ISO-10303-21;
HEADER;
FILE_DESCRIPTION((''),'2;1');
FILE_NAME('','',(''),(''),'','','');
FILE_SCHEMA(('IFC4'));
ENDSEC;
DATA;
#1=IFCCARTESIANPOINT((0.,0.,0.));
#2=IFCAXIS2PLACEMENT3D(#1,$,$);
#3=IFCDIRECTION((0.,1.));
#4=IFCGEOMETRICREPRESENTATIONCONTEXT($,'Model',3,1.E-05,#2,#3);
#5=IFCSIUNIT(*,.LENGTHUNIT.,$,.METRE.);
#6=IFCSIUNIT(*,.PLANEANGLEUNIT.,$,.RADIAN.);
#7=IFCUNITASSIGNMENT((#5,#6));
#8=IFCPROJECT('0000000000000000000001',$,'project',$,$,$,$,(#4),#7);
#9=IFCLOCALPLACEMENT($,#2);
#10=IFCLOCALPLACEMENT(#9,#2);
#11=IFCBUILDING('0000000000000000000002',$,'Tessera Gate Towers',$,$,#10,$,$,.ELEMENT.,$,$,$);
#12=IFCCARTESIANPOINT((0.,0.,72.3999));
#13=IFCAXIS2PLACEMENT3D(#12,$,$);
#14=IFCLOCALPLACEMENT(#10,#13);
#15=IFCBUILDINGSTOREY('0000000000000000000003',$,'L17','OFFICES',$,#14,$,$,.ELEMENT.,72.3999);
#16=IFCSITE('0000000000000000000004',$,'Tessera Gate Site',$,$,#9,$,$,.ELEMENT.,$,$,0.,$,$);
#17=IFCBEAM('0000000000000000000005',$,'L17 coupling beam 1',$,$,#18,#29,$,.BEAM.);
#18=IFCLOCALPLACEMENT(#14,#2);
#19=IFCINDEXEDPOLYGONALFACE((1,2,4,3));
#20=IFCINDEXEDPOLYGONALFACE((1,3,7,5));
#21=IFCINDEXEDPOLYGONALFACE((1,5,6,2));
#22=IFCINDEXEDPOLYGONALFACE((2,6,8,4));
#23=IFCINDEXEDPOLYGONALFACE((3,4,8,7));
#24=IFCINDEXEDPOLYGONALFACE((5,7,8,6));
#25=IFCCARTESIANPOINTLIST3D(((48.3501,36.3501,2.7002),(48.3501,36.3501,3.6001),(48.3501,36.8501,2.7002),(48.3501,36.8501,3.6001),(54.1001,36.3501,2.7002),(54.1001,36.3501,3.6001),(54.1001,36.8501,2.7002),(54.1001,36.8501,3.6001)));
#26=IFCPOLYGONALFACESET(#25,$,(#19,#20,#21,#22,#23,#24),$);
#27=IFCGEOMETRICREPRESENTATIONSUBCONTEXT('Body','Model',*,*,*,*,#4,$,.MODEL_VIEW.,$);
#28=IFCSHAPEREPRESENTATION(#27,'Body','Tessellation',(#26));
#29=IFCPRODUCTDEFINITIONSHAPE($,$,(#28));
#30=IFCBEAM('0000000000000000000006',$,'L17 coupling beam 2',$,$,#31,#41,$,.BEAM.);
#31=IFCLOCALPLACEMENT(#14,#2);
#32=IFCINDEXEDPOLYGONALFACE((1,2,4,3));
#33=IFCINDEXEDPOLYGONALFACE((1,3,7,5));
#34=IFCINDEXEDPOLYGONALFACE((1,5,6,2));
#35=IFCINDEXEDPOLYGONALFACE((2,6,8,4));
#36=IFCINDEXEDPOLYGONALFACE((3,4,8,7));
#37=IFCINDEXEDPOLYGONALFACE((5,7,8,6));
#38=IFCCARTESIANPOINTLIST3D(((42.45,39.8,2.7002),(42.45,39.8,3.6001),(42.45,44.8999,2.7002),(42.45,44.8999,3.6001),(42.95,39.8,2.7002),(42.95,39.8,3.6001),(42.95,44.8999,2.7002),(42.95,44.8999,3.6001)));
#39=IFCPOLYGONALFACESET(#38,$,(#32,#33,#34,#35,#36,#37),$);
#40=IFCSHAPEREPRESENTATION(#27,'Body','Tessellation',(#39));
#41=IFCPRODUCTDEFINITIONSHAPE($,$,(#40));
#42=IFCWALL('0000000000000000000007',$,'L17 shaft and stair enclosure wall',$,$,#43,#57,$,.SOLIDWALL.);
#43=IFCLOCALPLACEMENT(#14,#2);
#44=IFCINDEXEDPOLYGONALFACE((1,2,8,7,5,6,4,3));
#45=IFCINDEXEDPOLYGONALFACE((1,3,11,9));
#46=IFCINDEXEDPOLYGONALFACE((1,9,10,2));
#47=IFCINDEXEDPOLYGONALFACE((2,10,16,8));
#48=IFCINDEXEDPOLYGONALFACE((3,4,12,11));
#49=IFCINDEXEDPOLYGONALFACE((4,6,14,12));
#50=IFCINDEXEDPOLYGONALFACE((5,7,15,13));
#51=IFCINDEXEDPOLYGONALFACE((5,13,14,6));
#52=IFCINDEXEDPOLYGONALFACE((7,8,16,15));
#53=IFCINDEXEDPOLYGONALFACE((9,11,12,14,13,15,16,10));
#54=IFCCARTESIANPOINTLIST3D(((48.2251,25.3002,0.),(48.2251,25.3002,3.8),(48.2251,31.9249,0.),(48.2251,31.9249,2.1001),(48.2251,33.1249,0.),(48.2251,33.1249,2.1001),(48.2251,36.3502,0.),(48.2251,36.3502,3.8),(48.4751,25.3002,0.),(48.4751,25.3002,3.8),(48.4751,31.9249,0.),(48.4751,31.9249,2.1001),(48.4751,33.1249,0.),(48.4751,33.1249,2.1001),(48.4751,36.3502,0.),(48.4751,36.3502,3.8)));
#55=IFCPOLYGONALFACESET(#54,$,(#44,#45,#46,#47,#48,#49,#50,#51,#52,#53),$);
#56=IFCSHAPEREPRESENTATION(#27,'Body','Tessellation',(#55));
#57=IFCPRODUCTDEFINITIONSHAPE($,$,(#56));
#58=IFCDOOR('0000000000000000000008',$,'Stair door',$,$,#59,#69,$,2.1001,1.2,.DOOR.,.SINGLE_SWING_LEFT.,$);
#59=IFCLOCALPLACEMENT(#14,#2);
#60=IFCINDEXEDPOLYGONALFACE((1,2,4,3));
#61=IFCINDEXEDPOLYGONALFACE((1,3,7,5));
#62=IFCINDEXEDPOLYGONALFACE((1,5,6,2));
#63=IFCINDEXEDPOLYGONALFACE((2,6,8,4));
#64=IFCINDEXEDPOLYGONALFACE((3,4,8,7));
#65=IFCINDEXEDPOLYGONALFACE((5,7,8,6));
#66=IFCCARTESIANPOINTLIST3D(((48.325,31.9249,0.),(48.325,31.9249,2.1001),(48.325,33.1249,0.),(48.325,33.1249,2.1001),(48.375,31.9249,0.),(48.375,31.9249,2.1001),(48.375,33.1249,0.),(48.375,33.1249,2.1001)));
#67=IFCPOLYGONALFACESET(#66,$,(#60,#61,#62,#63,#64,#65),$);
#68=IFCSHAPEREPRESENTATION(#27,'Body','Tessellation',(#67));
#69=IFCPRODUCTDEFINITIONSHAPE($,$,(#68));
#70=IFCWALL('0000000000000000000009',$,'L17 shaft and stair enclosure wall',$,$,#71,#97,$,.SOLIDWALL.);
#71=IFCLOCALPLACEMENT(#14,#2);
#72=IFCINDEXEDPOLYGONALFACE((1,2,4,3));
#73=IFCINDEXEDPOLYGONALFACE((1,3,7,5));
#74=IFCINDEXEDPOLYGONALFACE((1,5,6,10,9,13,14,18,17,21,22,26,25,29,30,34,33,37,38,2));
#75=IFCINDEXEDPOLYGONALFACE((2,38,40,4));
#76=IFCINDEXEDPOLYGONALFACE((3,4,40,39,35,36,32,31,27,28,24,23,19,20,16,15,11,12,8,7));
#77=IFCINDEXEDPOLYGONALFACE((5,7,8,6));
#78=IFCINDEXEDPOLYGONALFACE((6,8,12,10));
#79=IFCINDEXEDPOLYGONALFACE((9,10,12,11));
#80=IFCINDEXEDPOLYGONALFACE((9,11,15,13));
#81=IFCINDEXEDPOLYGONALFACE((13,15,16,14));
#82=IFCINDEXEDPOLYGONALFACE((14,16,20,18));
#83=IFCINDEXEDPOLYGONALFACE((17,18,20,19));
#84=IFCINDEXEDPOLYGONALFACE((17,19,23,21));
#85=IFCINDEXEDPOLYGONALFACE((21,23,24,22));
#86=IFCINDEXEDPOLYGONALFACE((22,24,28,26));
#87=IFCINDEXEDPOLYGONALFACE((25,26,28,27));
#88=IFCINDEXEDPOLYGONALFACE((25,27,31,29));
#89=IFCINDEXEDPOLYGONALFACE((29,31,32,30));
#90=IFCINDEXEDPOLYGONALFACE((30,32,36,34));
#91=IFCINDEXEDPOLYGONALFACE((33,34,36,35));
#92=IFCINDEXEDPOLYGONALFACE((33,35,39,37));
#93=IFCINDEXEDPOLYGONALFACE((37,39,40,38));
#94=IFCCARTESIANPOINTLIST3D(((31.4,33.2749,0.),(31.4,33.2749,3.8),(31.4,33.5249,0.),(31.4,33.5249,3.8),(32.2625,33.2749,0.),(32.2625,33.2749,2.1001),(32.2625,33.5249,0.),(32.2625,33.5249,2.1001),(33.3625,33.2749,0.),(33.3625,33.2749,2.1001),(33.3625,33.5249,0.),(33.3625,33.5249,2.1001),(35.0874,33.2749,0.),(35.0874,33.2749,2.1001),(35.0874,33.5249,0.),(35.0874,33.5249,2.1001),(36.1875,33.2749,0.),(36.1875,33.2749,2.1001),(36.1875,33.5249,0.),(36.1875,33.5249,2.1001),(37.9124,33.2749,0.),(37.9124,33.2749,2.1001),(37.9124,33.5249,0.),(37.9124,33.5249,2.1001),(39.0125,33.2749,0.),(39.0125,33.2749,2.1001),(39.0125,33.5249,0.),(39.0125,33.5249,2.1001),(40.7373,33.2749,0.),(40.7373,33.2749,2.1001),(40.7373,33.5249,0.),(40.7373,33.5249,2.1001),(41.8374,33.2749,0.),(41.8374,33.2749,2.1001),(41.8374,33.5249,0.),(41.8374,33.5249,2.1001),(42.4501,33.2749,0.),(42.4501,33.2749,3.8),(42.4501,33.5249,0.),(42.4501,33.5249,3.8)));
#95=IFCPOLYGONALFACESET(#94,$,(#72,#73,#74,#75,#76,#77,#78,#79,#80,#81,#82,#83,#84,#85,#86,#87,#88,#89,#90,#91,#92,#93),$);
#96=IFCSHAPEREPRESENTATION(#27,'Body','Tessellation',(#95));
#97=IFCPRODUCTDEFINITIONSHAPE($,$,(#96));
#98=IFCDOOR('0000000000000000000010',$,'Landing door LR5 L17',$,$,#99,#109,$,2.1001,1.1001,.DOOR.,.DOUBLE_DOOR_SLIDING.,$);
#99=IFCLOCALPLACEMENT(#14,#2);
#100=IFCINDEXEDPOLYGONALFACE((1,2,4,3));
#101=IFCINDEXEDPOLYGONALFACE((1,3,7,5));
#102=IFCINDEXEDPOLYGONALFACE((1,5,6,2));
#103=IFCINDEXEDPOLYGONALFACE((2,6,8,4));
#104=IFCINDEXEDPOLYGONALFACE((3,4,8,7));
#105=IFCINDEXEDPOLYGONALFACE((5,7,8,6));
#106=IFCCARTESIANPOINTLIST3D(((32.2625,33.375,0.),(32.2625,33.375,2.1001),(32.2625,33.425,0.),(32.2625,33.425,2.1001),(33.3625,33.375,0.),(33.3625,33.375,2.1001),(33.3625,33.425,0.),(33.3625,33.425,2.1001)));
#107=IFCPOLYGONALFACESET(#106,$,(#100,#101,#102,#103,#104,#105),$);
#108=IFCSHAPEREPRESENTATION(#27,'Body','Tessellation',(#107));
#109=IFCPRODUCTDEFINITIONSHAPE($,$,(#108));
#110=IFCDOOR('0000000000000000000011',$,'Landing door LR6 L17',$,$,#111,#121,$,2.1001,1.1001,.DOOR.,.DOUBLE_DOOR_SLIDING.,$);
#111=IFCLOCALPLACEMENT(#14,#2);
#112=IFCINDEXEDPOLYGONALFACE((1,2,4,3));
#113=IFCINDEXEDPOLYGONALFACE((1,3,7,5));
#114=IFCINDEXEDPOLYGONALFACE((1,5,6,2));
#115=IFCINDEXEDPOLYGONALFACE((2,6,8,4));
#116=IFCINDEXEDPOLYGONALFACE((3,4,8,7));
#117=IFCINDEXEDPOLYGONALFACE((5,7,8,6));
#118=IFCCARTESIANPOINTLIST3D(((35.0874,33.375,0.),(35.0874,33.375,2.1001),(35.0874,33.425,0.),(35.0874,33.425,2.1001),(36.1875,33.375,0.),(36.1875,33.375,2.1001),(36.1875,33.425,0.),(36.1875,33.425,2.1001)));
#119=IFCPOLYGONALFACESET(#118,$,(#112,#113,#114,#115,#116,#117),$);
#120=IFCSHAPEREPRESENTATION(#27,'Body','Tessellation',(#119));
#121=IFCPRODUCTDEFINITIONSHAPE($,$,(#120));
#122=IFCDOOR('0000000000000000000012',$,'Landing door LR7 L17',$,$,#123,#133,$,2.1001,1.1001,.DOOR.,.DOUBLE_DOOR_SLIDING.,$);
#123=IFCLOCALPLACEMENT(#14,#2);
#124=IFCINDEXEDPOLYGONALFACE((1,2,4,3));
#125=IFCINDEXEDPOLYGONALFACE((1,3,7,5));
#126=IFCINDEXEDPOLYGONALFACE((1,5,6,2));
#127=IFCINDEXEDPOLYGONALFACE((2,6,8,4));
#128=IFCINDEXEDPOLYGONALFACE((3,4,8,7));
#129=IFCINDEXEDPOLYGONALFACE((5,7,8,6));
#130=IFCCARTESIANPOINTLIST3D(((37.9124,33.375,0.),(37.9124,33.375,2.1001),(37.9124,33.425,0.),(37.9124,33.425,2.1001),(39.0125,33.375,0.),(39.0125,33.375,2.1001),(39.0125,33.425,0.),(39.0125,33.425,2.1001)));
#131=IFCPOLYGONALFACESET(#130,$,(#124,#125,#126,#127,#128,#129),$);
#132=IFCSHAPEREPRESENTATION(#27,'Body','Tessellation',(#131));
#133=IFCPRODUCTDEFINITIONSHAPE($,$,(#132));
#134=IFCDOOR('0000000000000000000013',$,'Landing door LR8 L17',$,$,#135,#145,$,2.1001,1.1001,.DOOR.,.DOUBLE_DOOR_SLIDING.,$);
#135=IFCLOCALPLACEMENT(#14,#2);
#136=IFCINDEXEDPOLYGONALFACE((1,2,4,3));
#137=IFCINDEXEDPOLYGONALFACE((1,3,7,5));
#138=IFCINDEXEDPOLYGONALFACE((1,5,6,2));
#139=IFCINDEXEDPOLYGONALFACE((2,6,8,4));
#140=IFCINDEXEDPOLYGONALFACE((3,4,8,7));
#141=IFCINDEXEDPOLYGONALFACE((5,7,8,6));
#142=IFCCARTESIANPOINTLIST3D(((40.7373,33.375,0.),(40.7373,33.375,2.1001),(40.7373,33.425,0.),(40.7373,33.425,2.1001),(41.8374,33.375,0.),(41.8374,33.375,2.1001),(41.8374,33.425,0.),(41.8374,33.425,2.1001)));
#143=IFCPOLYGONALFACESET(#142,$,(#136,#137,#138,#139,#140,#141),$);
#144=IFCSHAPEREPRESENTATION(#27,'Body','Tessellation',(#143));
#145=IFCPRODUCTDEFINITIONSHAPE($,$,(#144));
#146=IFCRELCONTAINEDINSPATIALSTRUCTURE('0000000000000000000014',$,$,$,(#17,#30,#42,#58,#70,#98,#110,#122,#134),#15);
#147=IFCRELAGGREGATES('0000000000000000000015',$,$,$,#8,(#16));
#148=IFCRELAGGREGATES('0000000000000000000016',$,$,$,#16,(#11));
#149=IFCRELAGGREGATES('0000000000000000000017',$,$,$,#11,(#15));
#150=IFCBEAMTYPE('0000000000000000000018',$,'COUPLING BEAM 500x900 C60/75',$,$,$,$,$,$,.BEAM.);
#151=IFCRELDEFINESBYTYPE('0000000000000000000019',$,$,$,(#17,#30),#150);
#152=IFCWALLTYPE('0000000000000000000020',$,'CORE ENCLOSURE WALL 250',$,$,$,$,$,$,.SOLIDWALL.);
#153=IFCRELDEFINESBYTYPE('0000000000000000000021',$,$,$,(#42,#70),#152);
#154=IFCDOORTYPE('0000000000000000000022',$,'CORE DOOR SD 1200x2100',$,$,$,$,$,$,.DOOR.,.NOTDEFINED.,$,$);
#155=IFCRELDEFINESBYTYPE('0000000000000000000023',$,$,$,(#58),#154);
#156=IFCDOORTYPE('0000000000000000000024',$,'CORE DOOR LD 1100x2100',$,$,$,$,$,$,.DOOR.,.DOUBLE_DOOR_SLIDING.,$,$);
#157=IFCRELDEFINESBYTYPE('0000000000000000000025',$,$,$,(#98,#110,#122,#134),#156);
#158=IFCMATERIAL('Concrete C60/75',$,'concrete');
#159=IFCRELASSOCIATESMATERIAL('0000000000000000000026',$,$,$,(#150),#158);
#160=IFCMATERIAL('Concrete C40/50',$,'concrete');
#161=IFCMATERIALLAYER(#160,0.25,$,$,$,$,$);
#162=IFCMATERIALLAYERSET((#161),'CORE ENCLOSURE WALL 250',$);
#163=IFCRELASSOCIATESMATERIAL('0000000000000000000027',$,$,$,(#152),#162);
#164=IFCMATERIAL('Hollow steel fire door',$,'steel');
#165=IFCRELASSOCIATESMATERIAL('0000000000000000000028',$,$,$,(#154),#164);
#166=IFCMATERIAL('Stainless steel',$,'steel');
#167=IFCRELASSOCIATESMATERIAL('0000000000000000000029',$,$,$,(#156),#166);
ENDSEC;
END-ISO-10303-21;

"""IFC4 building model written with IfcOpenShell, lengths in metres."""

from ifc_helpers import new_model, si_unit, direction, frame, frame_2d, origin, origin_2d, place, context, subcontext, project, spatial, rectangle, extrude, source, transform, mapped, material, layer, layer_set, material_profile, profile_set, type_object, element, fill, save


model = new_model("IFC4")

# Units and contexts
model_context = context("Model", 3, precision=1e-05, world=origin(), true_north=direction((0.0, 1.0)))
body_context = subcontext(model_context, "Body", "Model", "MODEL_VIEW")
ifc_project = project(units=[si_unit("LENGTHUNIT", "METRE"), si_unit("PLANEANGLEUNIT", "RADIAN")], contexts=[model_context])

# Site, building, storey
site_placement = place(None, origin())
site = spatial("IfcSite", under=ifc_project, at=site_placement, Name="Tessera Gate Site", CompositionType="ELEMENT", RefElevation=0.0)
building_placement = place(site_placement, origin())
building = spatial("IfcBuilding", under=site, at=building_placement, Name="Tessera Gate Towers", CompositionType="ELEMENT")
storey_placement = place(building_placement, frame((0.0, 0.0, 72.3999)))
storey = spatial("IfcBuildingStorey", under=building, at=storey_placement, Name="L17", Description="OFFICES", CompositionType="ELEMENT", Elevation=72.3999)

# Beams
ifc_material_1 = material(Name="Concrete C60/75", Category="concrete")
ifc_material_profile = material_profile(ifc_material_1, rectangle(XDim=0.5, YDim=0.8999, at=origin_2d()), Name="RC 500x900")
ifc_profile_set = profile_set([ifc_material_profile], Name="Concrete C60/75")
beam_type = type_object("IfcBeamType", Name="COUPLING BEAM 500x900 C60/75", PredefinedType="BEAM", material=ifc_profile_set)
beam_1_placement = place(storey_placement, frame((48.3501, 36.6001, 3.1501), z_axis=(1.0, 0.0, 0.0), x_axis=(0.0, 1.0, 0.0)))
element("IfcBeam", 1, at=beam_1_placement, inside=storey, type_object=beam_type, Name="L17 coupling beam 1", PredefinedType="BEAM", context=body_context, shape_type="SweptSolid", body=[
    extrude(rectangle(XDim=0.5, YDim=0.8999, at=origin_2d()), origin(), (0.0, 0.0, 1.0), 5.75),
])
beam_2_placement = place(storey_placement, frame((42.7, 39.8, 3.1501), z_axis=(0.0, 1.0, 0.0), x_axis=(-1.0, 0.0, 0.0)))
element("IfcBeam", 2, at=beam_2_placement, inside=storey, type_object=beam_type, Name="L17 coupling beam 2", PredefinedType="BEAM", context=body_context, shape_type="SweptSolid", body=[
    extrude(rectangle(XDim=0.5, YDim=0.8999, at=origin_2d()), origin(), (0.0, 0.0, 1.0), 5.0999),
])

# Wall, opening, door
ifc_material_2 = material(Name="Concrete C40/50", Category="concrete")
ifc_layer_1 = layer(ifc_material_2, 0.25)
ifc_layer_set_1 = layer_set([ifc_layer_1], Name="CORE ENCLOSURE WALL 250")
wall_type_1 = type_object("IfcWallType", Name="CORE ENCLOSURE WALL 250", PredefinedType="SOLIDWALL", material=ifc_layer_set_1)
wall_1_placement = place(storey_placement, frame((48.3501, 36.3501, 0.0), z_axis=(0.0, 0.0, 1.0), x_axis=(0.0, -1.0, 0.0)))
wall_1 = element("IfcWall", 3, at=wall_1_placement, inside=storey, type_object=wall_type_1, Name="L17 shaft and stair enclosure wall", PredefinedType="SOLIDWALL", context=body_context, shape_type="SweptSolid", body=[
    extrude(rectangle(XDim=11.05, YDim=0.25, at=frame_2d((5.5249, 0.0))), origin(), (0.0, 0.0, 1.0), 3.8),
])
shared_shape_1 = source(origin(), body_context, "Body", "SweptSolid", [
    extrude(rectangle(XDim=1.2, YDim=2.1001, at=frame_2d((0.6001, 1.05))), frame((0.0, 0.135, 0.0), z_axis=(0.0, -1.0, 0.0), x_axis=(1.0, 0.0, 0.0)), (0.0, 0.0, 1.0), 0.27),
])
opening_1_placement = place(wall_1_placement, frame((3.2251, 0.0, 0.0)))
opening_1 = element("IfcOpeningElement", 4, at=opening_1_placement, cuts=wall_1, PredefinedType="OPENING", context=body_context, shape_type="MappedRepresentation", body=[
    mapped(shared_shape_1, transform((0.0, 0.0, 0.0), scale=1.0)),
])
ifc_material_3 = material(Name="Hollow steel fire door", Category="steel")
door_type_1 = type_object("IfcDoorType", Name="CORE DOOR SD 1200x2100", OperationType="NOTDEFINED", PredefinedType="DOOR", material=ifc_material_3)
shared_shape_2 = source(origin(), body_context, "Body", "SweptSolid", [
    extrude(rectangle(XDim=1.2, YDim=2.1001, at=frame_2d((0.6001, 1.05))), frame((0.0, 0.0249, 0.0), z_axis=(0.0, -1.0, 0.0), x_axis=(1.0, 0.0, 0.0)), (0.0, 0.0, 1.0), 0.05),
])
door_1_placement = place(opening_1_placement, origin())
door_1 = element("IfcDoor", 5, at=door_1_placement, inside=storey, type_object=door_type_1, Name="Stair door", OperationType="SINGLE_SWING_LEFT", OverallHeight=2.1001, OverallWidth=1.2, PredefinedType="DOOR", context=body_context, shape_type="MappedRepresentation", body=[
    mapped(shared_shape_2, transform((0.0, 0.0, 0.0), scale=1.0)),
])
fill(opening_1, door_1)

# Wall, openings, doors
wall_2_placement = place(storey_placement, frame((42.45, 33.3999, 0.0), z_axis=(0.0, 0.0, 1.0), x_axis=(-1.0, 0.0, 0.0)))
wall_2 = element("IfcWall", 6, at=wall_2_placement, inside=storey, type_object=wall_type_1, Name="L17 shaft and stair enclosure wall", PredefinedType="SOLIDWALL", context=body_context, shape_type="SweptSolid", body=[
    extrude(rectangle(XDim=11.05, YDim=0.25, at=frame_2d((5.5249, 0.0))), origin(), (0.0, 0.0, 1.0), 3.8),
])
shared_shape_3 = source(origin(), body_context, "Body", "SweptSolid", [
    extrude(rectangle(XDim=1.1001, YDim=2.1001, at=frame_2d((0.55, 1.05))), frame((0.0, 0.135, 0.0), z_axis=(0.0, -1.0, 0.0), x_axis=(1.0, 0.0, 0.0)), (0.0, 0.0, 1.0), 0.27),
])
opening_2_placement = place(wall_2_placement, frame((9.0874, 0.0, 0.0)))
opening_2 = element("IfcOpeningElement", 7, at=opening_2_placement, cuts=wall_2, PredefinedType="OPENING", context=body_context, shape_type="MappedRepresentation", body=[
    mapped(shared_shape_3, transform((0.0, 0.0, 0.0), scale=1.0)),
])
opening_3_placement = place(wall_2_placement, frame((6.2625, 0.0, 0.0)))
opening_3 = element("IfcOpeningElement", 8, at=opening_3_placement, cuts=wall_2, PredefinedType="OPENING", context=body_context, shape_type="MappedRepresentation", body=[
    mapped(shared_shape_3, transform((0.0, 0.0, 0.0), scale=1.0)),
])
opening_4_placement = place(wall_2_placement, frame((3.4375, 0.0, 0.0)))
opening_4 = element("IfcOpeningElement", 9, at=opening_4_placement, cuts=wall_2, PredefinedType="OPENING", context=body_context, shape_type="MappedRepresentation", body=[
    mapped(shared_shape_3, transform((0.0, 0.0, 0.0), scale=1.0)),
])
opening_5_placement = place(wall_2_placement, frame((0.6125, 0.0, 0.0)))
opening_5 = element("IfcOpeningElement", 10, at=opening_5_placement, cuts=wall_2, PredefinedType="OPENING", context=body_context, shape_type="MappedRepresentation", body=[
    mapped(shared_shape_3, transform((0.0, 0.0, 0.0), scale=1.0)),
])
ifc_material_4 = material(Name="Stainless steel", Category="steel")
door_type_2 = type_object("IfcDoorType", Name="CORE DOOR LD 1100x2100", OperationType="DOUBLE_DOOR_SLIDING", PredefinedType="DOOR", material=ifc_material_4)
shared_shape_4 = source(origin(), body_context, "Body", "SweptSolid", [
    extrude(rectangle(XDim=1.1001, YDim=2.1001, at=frame_2d((0.55, 1.05))), frame((0.0, 0.0249, 0.0), z_axis=(0.0, -1.0, 0.0), x_axis=(1.0, 0.0, 0.0)), (0.0, 0.0, 1.0), 0.05),
])
door_2_placement = place(opening_2_placement, origin())
door_2 = element("IfcDoor", 11, at=door_2_placement, inside=storey, type_object=door_type_2, Name="Landing door LR5 L17", OperationType="DOUBLE_DOOR_SLIDING", OverallHeight=2.1001, OverallWidth=1.1001, PredefinedType="DOOR", context=body_context, shape_type="MappedRepresentation", body=[
    mapped(shared_shape_4, transform((0.0, 0.0, 0.0), scale=1.0)),
])
fill(opening_2, door_2)
door_3_placement = place(opening_3_placement, origin())
door_3 = element("IfcDoor", 12, at=door_3_placement, inside=storey, type_object=door_type_2, Name="Landing door LR6 L17", OperationType="DOUBLE_DOOR_SLIDING", OverallHeight=2.1001, OverallWidth=1.1001, PredefinedType="DOOR", context=body_context, shape_type="MappedRepresentation", body=[
    mapped(shared_shape_4, transform((0.0, 0.0, 0.0), scale=1.0)),
])
fill(opening_3, door_3)
door_4_placement = place(opening_4_placement, origin())
door_4 = element("IfcDoor", 13, at=door_4_placement, inside=storey, type_object=door_type_2, Name="Landing door LR7 L17", OperationType="DOUBLE_DOOR_SLIDING", OverallHeight=2.1001, OverallWidth=1.1001, PredefinedType="DOOR", context=body_context, shape_type="MappedRepresentation", body=[
    mapped(shared_shape_4, transform((0.0, 0.0, 0.0), scale=1.0)),
])
fill(opening_4, door_4)
door_5_placement = place(opening_5_placement, origin())
door_5 = element("IfcDoor", 14, at=door_5_placement, inside=storey, type_object=door_type_2, Name="Landing door LR8 L17", OperationType="DOUBLE_DOOR_SLIDING", OverallHeight=2.1001, OverallWidth=1.1001, PredefinedType="DOOR", context=body_context, shape_type="MappedRepresentation", body=[
    mapped(shared_shape_4, transform((0.0, 0.0, 0.0), scale=1.0)),
])
fill(opening_5, door_5)

save(model, "model.ifc")
